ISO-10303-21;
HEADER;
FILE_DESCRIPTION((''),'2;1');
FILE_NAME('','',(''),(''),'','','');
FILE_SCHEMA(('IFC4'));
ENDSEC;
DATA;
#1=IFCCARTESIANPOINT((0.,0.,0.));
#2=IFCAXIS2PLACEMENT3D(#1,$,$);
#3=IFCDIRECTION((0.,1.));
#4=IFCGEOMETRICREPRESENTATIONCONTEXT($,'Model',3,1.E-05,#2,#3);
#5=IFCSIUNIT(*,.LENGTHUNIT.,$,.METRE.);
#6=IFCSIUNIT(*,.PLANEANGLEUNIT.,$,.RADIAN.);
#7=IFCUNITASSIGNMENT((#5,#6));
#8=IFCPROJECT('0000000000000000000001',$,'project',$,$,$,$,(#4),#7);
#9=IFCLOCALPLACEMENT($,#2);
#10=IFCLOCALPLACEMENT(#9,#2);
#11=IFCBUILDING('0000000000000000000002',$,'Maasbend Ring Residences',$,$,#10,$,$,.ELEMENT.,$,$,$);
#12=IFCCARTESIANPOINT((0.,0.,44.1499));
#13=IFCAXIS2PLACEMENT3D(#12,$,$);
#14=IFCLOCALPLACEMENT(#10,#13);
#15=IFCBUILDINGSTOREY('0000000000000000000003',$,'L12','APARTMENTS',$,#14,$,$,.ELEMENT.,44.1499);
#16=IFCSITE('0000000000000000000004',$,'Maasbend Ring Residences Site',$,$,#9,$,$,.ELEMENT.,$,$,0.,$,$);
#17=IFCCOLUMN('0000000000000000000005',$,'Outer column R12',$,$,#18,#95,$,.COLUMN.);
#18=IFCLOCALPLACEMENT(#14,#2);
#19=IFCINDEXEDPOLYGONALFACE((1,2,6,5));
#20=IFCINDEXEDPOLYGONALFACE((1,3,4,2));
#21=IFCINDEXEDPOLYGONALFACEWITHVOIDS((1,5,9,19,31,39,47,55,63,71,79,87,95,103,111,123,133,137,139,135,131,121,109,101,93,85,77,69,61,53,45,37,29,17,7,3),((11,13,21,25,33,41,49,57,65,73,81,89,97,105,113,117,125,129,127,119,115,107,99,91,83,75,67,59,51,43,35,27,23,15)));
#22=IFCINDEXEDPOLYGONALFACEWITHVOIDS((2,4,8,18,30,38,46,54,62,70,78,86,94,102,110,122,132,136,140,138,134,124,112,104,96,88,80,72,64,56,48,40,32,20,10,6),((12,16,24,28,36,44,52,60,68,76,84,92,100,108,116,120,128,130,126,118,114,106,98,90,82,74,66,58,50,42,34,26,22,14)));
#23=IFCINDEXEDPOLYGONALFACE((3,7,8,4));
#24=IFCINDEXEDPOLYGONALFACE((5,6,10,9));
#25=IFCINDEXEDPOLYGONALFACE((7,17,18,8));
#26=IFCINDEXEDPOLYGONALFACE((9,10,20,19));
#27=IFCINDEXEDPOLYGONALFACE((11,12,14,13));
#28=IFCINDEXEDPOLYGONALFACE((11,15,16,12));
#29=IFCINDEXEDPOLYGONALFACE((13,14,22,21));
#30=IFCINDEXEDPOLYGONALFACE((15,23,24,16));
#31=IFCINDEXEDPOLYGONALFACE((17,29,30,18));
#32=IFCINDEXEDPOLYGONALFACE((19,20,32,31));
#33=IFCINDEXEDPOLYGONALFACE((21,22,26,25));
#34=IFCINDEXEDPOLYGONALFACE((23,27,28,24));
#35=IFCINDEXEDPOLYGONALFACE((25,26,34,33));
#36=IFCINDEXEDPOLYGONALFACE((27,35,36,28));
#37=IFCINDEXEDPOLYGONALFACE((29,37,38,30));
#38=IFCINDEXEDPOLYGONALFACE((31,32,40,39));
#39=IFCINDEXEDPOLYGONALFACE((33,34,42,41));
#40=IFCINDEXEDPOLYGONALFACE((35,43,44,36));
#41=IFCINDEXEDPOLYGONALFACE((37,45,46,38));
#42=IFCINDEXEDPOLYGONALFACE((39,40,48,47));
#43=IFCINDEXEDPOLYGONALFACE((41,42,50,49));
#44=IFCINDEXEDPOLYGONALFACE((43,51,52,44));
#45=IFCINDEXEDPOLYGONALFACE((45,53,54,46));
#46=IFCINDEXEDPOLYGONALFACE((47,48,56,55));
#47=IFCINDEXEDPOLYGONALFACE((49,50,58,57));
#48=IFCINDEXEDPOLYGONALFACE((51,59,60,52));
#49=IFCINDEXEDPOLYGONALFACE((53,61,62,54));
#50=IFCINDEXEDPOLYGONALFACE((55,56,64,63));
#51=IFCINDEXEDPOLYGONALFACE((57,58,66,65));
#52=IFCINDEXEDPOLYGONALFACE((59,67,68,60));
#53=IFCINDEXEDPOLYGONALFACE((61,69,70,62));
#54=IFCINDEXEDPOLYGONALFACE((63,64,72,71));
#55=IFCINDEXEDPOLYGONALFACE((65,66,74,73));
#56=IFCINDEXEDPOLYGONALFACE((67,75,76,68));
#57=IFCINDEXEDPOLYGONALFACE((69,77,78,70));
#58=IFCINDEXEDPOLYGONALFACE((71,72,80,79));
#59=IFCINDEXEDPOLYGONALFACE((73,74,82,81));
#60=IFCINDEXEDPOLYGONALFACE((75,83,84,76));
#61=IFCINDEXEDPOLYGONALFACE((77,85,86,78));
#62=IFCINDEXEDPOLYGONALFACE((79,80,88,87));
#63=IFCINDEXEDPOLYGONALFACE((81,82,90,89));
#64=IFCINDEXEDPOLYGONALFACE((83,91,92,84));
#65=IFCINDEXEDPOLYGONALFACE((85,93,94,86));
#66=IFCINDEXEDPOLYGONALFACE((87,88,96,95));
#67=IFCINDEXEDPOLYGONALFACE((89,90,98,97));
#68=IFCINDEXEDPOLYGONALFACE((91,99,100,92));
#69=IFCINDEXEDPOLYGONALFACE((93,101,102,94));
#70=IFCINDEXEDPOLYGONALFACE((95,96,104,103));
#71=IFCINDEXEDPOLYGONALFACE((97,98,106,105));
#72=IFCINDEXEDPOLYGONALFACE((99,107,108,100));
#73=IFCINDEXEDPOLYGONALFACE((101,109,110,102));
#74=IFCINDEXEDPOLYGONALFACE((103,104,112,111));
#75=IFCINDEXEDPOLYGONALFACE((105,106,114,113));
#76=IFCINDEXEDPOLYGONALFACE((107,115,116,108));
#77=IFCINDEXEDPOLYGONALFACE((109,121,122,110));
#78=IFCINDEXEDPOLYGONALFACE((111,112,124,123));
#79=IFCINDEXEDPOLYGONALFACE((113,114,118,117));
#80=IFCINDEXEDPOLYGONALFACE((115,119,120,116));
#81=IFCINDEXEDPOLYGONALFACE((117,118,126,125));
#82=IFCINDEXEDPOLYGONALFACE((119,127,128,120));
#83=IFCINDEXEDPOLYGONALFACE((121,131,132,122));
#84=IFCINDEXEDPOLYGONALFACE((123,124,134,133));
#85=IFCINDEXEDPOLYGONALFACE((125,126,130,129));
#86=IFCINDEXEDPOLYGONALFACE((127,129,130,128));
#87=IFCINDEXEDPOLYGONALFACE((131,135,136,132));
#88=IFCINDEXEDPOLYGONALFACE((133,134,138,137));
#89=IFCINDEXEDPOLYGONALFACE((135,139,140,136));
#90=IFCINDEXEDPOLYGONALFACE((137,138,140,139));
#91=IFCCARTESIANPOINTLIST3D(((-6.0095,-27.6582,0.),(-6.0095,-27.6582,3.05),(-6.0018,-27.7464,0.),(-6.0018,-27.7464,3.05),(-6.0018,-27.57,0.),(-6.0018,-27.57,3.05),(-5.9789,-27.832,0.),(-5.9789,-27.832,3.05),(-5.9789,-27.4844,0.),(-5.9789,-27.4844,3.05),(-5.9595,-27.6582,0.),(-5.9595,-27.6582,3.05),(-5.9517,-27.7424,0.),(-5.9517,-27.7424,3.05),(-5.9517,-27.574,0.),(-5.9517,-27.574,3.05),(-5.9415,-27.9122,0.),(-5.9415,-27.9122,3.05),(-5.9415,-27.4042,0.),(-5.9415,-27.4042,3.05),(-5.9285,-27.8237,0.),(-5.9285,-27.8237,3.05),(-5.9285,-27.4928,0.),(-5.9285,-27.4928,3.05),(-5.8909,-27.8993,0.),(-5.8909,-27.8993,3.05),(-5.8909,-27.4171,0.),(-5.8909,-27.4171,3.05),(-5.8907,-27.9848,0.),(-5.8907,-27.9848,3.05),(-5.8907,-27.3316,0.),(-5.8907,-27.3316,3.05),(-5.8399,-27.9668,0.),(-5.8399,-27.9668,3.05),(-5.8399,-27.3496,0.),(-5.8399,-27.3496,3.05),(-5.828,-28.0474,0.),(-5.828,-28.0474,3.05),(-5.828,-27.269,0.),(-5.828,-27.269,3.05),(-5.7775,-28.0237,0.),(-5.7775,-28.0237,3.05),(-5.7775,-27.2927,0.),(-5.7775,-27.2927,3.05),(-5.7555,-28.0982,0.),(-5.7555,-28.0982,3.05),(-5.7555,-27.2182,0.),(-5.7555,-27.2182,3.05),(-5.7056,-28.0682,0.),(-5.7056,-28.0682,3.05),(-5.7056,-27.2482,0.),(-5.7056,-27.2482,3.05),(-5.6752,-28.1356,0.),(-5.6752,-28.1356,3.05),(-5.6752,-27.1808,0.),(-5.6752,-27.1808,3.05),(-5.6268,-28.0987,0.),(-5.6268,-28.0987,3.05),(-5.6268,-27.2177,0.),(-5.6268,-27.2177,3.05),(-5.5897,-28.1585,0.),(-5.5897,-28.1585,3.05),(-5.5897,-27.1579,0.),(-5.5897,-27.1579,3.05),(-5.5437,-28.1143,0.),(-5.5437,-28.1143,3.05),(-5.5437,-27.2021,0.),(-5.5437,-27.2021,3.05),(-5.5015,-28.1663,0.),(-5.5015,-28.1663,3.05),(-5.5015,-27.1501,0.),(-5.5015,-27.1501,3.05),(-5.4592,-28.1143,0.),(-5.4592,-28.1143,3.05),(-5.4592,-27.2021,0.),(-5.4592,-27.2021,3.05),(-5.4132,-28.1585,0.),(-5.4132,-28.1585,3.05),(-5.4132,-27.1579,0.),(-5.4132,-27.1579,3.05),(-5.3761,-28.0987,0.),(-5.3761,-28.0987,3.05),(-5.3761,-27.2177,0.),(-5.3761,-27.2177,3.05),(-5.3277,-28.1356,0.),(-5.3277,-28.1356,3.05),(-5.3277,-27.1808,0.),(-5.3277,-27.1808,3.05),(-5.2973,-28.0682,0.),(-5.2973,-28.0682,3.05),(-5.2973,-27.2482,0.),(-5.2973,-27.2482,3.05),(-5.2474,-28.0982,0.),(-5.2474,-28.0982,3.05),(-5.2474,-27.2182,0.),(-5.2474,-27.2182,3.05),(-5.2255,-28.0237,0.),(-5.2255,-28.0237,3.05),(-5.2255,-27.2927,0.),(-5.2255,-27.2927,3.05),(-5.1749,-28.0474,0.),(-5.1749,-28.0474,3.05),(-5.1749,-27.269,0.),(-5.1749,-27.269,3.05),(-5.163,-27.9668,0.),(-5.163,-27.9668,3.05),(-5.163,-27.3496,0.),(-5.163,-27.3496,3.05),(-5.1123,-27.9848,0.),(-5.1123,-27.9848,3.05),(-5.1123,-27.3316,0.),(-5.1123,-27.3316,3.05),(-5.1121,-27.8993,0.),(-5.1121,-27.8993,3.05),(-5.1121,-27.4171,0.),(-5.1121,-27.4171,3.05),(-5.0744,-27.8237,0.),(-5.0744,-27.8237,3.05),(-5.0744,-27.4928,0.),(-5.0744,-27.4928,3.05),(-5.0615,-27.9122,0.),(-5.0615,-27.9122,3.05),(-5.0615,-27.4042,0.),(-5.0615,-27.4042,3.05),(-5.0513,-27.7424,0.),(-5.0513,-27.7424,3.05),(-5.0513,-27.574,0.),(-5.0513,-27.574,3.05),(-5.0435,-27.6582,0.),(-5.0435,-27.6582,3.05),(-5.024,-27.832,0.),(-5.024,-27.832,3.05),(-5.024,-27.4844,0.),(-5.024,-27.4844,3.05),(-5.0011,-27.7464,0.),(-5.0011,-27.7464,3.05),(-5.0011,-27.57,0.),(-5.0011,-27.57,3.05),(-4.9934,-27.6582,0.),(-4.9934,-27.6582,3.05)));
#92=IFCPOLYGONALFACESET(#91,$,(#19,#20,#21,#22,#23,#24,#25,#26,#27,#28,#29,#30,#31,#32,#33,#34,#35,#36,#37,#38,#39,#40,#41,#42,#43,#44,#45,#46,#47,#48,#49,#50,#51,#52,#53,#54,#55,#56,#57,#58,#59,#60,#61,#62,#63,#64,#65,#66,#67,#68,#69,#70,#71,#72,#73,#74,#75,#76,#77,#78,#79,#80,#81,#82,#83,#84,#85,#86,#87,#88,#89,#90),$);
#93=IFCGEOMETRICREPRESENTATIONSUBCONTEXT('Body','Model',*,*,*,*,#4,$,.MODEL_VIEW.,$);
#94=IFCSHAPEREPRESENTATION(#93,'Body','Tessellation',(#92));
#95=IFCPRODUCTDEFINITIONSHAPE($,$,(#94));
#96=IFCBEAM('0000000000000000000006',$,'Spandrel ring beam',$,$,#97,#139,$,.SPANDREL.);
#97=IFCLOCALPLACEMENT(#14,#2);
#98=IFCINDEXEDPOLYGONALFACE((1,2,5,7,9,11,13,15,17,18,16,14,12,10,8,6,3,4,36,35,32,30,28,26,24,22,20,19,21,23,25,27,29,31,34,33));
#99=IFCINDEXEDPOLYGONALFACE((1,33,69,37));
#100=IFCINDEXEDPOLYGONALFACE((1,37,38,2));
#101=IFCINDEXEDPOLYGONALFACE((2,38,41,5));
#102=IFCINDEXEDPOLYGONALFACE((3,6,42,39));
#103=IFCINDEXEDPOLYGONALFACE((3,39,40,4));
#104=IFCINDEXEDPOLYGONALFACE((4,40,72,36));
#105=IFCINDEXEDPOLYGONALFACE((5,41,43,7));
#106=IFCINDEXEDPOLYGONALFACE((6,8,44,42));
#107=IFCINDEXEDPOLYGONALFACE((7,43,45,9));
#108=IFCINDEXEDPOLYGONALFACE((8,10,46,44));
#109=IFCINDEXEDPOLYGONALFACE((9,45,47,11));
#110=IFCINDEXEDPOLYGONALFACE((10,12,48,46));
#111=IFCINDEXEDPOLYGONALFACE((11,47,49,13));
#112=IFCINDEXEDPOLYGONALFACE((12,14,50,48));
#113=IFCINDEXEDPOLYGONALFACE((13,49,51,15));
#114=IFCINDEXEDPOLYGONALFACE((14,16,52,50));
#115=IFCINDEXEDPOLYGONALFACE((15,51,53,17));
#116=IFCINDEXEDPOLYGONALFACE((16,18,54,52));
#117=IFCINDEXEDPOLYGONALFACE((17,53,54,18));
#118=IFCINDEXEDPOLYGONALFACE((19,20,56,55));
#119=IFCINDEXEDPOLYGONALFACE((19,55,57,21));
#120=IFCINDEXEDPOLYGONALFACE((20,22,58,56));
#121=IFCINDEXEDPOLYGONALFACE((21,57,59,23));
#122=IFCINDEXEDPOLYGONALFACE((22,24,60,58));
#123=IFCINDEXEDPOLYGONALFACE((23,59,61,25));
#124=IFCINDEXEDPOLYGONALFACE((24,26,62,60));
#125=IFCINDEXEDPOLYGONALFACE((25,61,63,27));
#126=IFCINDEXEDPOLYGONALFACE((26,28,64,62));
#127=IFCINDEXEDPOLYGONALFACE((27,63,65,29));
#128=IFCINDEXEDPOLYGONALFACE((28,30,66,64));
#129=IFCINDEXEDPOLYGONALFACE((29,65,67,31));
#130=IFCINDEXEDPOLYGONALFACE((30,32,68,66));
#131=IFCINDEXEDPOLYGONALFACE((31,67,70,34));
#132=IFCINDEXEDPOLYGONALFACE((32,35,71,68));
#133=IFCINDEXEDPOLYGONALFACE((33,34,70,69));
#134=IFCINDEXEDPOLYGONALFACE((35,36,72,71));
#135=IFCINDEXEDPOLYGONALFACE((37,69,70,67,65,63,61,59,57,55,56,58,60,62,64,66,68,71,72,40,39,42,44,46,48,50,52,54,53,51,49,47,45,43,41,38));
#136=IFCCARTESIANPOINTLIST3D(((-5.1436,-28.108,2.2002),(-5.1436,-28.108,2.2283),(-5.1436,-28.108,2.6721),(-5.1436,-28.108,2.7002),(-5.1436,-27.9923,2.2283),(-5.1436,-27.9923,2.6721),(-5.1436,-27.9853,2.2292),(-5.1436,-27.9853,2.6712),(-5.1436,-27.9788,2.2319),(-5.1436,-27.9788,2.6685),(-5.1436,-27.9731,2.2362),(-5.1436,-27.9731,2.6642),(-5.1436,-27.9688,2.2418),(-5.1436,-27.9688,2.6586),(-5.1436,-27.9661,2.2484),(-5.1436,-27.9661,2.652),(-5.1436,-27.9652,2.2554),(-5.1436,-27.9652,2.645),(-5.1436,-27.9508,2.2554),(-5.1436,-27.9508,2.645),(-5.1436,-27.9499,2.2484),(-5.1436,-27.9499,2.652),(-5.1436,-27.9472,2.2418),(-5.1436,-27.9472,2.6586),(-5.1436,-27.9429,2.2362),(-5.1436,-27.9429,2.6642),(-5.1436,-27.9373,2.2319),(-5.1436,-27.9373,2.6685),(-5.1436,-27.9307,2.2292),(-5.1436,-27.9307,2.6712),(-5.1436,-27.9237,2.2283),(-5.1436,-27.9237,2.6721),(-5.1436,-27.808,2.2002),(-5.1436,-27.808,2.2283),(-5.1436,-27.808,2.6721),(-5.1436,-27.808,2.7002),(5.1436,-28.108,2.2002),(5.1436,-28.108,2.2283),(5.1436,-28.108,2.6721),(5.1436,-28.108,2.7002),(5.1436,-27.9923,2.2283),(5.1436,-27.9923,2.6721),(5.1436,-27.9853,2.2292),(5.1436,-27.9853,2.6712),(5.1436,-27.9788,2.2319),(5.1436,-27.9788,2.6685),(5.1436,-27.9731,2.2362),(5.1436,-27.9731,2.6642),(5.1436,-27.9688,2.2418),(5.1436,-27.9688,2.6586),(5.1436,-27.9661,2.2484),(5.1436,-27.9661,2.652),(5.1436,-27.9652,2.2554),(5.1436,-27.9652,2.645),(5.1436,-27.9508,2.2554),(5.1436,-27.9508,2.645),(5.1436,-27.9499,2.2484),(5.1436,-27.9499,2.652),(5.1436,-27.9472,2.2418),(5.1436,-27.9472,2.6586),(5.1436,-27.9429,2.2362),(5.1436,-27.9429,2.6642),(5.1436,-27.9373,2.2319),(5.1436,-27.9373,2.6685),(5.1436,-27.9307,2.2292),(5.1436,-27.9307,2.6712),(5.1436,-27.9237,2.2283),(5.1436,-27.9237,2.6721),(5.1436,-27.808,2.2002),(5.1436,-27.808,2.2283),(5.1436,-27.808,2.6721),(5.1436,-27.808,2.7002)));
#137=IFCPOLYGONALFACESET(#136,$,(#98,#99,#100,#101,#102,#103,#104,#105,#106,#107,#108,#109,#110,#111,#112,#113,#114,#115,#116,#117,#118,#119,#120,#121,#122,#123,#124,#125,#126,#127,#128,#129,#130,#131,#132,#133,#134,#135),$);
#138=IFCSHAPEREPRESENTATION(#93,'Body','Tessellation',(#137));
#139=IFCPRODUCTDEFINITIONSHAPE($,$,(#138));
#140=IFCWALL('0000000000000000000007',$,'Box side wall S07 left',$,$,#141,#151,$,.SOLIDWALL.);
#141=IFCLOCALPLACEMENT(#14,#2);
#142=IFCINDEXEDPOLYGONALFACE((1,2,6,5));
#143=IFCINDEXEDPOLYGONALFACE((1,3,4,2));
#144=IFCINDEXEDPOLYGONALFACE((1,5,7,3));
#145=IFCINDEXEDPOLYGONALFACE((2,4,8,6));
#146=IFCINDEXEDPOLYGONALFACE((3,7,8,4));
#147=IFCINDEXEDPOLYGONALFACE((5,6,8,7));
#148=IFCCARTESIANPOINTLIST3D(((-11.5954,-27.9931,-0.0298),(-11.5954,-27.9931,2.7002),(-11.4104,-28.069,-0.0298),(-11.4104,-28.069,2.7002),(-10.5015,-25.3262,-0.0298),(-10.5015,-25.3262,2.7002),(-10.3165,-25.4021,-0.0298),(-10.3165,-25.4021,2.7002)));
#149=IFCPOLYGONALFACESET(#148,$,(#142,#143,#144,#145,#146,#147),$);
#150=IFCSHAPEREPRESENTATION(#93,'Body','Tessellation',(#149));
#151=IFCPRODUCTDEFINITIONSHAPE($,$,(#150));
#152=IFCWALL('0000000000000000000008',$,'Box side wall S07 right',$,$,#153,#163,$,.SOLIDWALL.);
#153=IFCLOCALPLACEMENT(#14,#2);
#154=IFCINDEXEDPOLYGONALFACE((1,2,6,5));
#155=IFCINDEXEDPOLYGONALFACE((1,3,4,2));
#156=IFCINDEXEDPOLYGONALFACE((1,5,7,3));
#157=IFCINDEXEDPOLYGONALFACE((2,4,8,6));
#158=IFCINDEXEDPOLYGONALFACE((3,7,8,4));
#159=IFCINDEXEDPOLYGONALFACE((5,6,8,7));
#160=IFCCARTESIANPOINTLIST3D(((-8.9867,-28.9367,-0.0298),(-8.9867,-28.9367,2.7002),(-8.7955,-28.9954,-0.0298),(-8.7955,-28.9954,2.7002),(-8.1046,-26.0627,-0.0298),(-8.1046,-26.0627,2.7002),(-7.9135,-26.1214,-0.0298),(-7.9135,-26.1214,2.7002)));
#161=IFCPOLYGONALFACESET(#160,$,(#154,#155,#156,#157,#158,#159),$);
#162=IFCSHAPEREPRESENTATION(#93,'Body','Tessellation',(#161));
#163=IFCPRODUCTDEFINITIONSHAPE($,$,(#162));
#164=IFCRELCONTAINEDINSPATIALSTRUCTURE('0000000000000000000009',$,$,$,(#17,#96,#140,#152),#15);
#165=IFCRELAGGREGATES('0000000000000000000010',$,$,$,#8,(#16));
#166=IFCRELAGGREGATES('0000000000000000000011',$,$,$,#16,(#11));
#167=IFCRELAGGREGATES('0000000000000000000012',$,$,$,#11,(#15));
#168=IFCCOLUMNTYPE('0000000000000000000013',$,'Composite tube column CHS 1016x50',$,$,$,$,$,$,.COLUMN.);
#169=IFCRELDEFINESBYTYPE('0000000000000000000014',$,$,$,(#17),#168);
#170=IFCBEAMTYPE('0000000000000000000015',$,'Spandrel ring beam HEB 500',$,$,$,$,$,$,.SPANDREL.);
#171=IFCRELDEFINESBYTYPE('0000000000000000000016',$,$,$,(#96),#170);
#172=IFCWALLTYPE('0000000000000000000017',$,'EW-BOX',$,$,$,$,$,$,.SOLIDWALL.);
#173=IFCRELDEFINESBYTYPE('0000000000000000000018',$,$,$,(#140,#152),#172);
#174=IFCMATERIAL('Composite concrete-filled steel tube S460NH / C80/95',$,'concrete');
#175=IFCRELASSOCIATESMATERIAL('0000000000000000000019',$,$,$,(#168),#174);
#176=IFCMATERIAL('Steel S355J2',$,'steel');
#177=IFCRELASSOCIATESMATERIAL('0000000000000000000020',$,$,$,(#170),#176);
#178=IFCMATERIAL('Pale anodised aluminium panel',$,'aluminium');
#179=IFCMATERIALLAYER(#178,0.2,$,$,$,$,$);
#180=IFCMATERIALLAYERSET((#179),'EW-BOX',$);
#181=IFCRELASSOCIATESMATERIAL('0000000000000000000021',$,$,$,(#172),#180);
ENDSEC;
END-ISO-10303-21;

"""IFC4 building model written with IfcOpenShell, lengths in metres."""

from ifc_helpers import new_model, si_unit, direction, frame, frame_2d, origin, origin_2d, place, context, subcontext, project, spatial, rectangle, hollow_circle, i_section, extrude, material, layer, layer_set, material_profile, profile_set, type_object, element, save


model = new_model("IFC4")

# Units and contexts
model_context = context("Model", 3, precision=1e-05, world=origin(), true_north=direction((0.0, 1.0)))
body_context = subcontext(model_context, "Body", "Model", "MODEL_VIEW")
ifc_project = project(units=[si_unit("LENGTHUNIT", "METRE"), si_unit("PLANEANGLEUNIT", "RADIAN")], contexts=[model_context])

# Site, building, storey
site_placement = place(None, origin())
site = spatial("IfcSite", under=ifc_project, at=site_placement, Name="Maasbend Ring Residences Site", CompositionType="ELEMENT", RefElevation=0.0)
building_placement = place(site_placement, origin())
building = spatial("IfcBuilding", under=site, at=building_placement, Name="Maasbend Ring Residences", CompositionType="ELEMENT")
storey_placement = place(building_placement, frame((0.0, 0.0, 44.1499)))
storey = spatial("IfcBuildingStorey", under=building, at=storey_placement, Name="L12", Description="APARTMENTS", CompositionType="ELEMENT", Elevation=44.1499)

# Column
ifc_material_1 = material(Name="Composite concrete-filled steel tube S460NH / C80/95", Category="concrete")
ifc_material_profile_1 = material_profile(ifc_material_1, hollow_circle(Radius=0.5081, WallThickness=0.05, at=origin_2d()), Name="Composite tube column CHS 1016x50")
ifc_profile_set_1 = profile_set([ifc_material_profile_1], Name="Composite concrete-filled steel tube S460NH / C80/95")
column_type = type_object("IfcColumnType", Name="Composite tube column CHS 1016x50", PredefinedType="COLUMN", material=ifc_profile_set_1)
column_placement = place(storey_placement, frame((-5.5015, -27.6582, 0.0), z_axis=(0.0, 0.0, 1.0), x_axis=(1.0, 0.0, 0.0)))
element("IfcColumn", 1, at=column_placement, inside=storey, type_object=column_type, Name="Outer column R12", PredefinedType="COLUMN", context=body_context, shape_type="SweptSolid", body=[
    extrude(hollow_circle(Radius=0.5081, WallThickness=0.05, at=origin_2d()), origin(), (0.0, 0.0, 1.0), 3.05),
])

# Beam
ifc_material_2 = material(Name="Steel S355J2", Category="steel")
ifc_material_profile_2 = material_profile(ifc_material_2, i_section(OverallWidth=0.3, OverallDepth=0.5, WebThickness=0.0144, FlangeThickness=0.0281, FilletRadius=0.0271, at=origin_2d()), Name="HEB 500")
ifc_profile_set_2 = profile_set([ifc_material_profile_2], Name="Steel S355J2")
beam_type = type_object("IfcBeamType", Name="Spandrel ring beam HEB 500", PredefinedType="SPANDREL", material=ifc_profile_set_2)
beam_placement = place(storey_placement, frame((-5.1436, -27.958, 2.4502), z_axis=(1.0, 0.0, 0.0), x_axis=(0.0, 1.0, 0.0)))
element("IfcBeam", 2, at=beam_placement, inside=storey, type_object=beam_type, Name="Spandrel ring beam", PredefinedType="SPANDREL", context=body_context, shape_type="SweptSolid", body=[
    extrude(i_section(OverallWidth=0.3, OverallDepth=0.5, WebThickness=0.0144, FlangeThickness=0.0281, FilletRadius=0.0271, at=origin_2d()), origin(), (0.0, 0.0, 1.0), 10.2871),
])

# Walls
ifc_material_3 = material(Name="Pale anodised aluminium panel", Category="aluminium")
ifc_layer_1 = layer(ifc_material_3, 0.2)
ifc_layer_set_1 = layer_set([ifc_layer_1], Name="EW-BOX")
wall_type_1 = type_object("IfcWallType", Name="EW-BOX", PredefinedType="SOLIDWALL", material=ifc_layer_set_1)
wall_1_placement = place(storey_placement, frame((-10.4089, -25.364, -0.0298), z_axis=(0.0, 0.0, 1.0), x_axis=(-0.37951, -0.925188, 0.0)))
element("IfcWall", 3, at=wall_1_placement, inside=storey, type_object=wall_type_1, Name="Box side wall S07 left", PredefinedType="SOLIDWALL", context=body_context, shape_type="SweptSolid", body=[
    extrude(rectangle(XDim=2.8826, YDim=0.2, at=frame_2d((1.4414, 0.0))), origin(), (0.0, 0.0, 1.0), 2.73),
])
wall_2_placement = place(storey_placement, frame((-8.009, -26.092, -0.0298), z_axis=(0.0, 0.0, 1.0), x_axis=(-0.293407, -0.955988, 0.0)))
element("IfcWall", 4, at=wall_2_placement, inside=storey, type_object=wall_type_1, Name="Box side wall S07 right", PredefinedType="SOLIDWALL", context=body_context, shape_type="SweptSolid", body=[
    extrude(rectangle(XDim=3.0063, YDim=0.2, at=frame_2d((1.5032, 0.0))), origin(), (0.0, 0.0, 1.0), 2.73),
])

save(model, "model.ifc")
